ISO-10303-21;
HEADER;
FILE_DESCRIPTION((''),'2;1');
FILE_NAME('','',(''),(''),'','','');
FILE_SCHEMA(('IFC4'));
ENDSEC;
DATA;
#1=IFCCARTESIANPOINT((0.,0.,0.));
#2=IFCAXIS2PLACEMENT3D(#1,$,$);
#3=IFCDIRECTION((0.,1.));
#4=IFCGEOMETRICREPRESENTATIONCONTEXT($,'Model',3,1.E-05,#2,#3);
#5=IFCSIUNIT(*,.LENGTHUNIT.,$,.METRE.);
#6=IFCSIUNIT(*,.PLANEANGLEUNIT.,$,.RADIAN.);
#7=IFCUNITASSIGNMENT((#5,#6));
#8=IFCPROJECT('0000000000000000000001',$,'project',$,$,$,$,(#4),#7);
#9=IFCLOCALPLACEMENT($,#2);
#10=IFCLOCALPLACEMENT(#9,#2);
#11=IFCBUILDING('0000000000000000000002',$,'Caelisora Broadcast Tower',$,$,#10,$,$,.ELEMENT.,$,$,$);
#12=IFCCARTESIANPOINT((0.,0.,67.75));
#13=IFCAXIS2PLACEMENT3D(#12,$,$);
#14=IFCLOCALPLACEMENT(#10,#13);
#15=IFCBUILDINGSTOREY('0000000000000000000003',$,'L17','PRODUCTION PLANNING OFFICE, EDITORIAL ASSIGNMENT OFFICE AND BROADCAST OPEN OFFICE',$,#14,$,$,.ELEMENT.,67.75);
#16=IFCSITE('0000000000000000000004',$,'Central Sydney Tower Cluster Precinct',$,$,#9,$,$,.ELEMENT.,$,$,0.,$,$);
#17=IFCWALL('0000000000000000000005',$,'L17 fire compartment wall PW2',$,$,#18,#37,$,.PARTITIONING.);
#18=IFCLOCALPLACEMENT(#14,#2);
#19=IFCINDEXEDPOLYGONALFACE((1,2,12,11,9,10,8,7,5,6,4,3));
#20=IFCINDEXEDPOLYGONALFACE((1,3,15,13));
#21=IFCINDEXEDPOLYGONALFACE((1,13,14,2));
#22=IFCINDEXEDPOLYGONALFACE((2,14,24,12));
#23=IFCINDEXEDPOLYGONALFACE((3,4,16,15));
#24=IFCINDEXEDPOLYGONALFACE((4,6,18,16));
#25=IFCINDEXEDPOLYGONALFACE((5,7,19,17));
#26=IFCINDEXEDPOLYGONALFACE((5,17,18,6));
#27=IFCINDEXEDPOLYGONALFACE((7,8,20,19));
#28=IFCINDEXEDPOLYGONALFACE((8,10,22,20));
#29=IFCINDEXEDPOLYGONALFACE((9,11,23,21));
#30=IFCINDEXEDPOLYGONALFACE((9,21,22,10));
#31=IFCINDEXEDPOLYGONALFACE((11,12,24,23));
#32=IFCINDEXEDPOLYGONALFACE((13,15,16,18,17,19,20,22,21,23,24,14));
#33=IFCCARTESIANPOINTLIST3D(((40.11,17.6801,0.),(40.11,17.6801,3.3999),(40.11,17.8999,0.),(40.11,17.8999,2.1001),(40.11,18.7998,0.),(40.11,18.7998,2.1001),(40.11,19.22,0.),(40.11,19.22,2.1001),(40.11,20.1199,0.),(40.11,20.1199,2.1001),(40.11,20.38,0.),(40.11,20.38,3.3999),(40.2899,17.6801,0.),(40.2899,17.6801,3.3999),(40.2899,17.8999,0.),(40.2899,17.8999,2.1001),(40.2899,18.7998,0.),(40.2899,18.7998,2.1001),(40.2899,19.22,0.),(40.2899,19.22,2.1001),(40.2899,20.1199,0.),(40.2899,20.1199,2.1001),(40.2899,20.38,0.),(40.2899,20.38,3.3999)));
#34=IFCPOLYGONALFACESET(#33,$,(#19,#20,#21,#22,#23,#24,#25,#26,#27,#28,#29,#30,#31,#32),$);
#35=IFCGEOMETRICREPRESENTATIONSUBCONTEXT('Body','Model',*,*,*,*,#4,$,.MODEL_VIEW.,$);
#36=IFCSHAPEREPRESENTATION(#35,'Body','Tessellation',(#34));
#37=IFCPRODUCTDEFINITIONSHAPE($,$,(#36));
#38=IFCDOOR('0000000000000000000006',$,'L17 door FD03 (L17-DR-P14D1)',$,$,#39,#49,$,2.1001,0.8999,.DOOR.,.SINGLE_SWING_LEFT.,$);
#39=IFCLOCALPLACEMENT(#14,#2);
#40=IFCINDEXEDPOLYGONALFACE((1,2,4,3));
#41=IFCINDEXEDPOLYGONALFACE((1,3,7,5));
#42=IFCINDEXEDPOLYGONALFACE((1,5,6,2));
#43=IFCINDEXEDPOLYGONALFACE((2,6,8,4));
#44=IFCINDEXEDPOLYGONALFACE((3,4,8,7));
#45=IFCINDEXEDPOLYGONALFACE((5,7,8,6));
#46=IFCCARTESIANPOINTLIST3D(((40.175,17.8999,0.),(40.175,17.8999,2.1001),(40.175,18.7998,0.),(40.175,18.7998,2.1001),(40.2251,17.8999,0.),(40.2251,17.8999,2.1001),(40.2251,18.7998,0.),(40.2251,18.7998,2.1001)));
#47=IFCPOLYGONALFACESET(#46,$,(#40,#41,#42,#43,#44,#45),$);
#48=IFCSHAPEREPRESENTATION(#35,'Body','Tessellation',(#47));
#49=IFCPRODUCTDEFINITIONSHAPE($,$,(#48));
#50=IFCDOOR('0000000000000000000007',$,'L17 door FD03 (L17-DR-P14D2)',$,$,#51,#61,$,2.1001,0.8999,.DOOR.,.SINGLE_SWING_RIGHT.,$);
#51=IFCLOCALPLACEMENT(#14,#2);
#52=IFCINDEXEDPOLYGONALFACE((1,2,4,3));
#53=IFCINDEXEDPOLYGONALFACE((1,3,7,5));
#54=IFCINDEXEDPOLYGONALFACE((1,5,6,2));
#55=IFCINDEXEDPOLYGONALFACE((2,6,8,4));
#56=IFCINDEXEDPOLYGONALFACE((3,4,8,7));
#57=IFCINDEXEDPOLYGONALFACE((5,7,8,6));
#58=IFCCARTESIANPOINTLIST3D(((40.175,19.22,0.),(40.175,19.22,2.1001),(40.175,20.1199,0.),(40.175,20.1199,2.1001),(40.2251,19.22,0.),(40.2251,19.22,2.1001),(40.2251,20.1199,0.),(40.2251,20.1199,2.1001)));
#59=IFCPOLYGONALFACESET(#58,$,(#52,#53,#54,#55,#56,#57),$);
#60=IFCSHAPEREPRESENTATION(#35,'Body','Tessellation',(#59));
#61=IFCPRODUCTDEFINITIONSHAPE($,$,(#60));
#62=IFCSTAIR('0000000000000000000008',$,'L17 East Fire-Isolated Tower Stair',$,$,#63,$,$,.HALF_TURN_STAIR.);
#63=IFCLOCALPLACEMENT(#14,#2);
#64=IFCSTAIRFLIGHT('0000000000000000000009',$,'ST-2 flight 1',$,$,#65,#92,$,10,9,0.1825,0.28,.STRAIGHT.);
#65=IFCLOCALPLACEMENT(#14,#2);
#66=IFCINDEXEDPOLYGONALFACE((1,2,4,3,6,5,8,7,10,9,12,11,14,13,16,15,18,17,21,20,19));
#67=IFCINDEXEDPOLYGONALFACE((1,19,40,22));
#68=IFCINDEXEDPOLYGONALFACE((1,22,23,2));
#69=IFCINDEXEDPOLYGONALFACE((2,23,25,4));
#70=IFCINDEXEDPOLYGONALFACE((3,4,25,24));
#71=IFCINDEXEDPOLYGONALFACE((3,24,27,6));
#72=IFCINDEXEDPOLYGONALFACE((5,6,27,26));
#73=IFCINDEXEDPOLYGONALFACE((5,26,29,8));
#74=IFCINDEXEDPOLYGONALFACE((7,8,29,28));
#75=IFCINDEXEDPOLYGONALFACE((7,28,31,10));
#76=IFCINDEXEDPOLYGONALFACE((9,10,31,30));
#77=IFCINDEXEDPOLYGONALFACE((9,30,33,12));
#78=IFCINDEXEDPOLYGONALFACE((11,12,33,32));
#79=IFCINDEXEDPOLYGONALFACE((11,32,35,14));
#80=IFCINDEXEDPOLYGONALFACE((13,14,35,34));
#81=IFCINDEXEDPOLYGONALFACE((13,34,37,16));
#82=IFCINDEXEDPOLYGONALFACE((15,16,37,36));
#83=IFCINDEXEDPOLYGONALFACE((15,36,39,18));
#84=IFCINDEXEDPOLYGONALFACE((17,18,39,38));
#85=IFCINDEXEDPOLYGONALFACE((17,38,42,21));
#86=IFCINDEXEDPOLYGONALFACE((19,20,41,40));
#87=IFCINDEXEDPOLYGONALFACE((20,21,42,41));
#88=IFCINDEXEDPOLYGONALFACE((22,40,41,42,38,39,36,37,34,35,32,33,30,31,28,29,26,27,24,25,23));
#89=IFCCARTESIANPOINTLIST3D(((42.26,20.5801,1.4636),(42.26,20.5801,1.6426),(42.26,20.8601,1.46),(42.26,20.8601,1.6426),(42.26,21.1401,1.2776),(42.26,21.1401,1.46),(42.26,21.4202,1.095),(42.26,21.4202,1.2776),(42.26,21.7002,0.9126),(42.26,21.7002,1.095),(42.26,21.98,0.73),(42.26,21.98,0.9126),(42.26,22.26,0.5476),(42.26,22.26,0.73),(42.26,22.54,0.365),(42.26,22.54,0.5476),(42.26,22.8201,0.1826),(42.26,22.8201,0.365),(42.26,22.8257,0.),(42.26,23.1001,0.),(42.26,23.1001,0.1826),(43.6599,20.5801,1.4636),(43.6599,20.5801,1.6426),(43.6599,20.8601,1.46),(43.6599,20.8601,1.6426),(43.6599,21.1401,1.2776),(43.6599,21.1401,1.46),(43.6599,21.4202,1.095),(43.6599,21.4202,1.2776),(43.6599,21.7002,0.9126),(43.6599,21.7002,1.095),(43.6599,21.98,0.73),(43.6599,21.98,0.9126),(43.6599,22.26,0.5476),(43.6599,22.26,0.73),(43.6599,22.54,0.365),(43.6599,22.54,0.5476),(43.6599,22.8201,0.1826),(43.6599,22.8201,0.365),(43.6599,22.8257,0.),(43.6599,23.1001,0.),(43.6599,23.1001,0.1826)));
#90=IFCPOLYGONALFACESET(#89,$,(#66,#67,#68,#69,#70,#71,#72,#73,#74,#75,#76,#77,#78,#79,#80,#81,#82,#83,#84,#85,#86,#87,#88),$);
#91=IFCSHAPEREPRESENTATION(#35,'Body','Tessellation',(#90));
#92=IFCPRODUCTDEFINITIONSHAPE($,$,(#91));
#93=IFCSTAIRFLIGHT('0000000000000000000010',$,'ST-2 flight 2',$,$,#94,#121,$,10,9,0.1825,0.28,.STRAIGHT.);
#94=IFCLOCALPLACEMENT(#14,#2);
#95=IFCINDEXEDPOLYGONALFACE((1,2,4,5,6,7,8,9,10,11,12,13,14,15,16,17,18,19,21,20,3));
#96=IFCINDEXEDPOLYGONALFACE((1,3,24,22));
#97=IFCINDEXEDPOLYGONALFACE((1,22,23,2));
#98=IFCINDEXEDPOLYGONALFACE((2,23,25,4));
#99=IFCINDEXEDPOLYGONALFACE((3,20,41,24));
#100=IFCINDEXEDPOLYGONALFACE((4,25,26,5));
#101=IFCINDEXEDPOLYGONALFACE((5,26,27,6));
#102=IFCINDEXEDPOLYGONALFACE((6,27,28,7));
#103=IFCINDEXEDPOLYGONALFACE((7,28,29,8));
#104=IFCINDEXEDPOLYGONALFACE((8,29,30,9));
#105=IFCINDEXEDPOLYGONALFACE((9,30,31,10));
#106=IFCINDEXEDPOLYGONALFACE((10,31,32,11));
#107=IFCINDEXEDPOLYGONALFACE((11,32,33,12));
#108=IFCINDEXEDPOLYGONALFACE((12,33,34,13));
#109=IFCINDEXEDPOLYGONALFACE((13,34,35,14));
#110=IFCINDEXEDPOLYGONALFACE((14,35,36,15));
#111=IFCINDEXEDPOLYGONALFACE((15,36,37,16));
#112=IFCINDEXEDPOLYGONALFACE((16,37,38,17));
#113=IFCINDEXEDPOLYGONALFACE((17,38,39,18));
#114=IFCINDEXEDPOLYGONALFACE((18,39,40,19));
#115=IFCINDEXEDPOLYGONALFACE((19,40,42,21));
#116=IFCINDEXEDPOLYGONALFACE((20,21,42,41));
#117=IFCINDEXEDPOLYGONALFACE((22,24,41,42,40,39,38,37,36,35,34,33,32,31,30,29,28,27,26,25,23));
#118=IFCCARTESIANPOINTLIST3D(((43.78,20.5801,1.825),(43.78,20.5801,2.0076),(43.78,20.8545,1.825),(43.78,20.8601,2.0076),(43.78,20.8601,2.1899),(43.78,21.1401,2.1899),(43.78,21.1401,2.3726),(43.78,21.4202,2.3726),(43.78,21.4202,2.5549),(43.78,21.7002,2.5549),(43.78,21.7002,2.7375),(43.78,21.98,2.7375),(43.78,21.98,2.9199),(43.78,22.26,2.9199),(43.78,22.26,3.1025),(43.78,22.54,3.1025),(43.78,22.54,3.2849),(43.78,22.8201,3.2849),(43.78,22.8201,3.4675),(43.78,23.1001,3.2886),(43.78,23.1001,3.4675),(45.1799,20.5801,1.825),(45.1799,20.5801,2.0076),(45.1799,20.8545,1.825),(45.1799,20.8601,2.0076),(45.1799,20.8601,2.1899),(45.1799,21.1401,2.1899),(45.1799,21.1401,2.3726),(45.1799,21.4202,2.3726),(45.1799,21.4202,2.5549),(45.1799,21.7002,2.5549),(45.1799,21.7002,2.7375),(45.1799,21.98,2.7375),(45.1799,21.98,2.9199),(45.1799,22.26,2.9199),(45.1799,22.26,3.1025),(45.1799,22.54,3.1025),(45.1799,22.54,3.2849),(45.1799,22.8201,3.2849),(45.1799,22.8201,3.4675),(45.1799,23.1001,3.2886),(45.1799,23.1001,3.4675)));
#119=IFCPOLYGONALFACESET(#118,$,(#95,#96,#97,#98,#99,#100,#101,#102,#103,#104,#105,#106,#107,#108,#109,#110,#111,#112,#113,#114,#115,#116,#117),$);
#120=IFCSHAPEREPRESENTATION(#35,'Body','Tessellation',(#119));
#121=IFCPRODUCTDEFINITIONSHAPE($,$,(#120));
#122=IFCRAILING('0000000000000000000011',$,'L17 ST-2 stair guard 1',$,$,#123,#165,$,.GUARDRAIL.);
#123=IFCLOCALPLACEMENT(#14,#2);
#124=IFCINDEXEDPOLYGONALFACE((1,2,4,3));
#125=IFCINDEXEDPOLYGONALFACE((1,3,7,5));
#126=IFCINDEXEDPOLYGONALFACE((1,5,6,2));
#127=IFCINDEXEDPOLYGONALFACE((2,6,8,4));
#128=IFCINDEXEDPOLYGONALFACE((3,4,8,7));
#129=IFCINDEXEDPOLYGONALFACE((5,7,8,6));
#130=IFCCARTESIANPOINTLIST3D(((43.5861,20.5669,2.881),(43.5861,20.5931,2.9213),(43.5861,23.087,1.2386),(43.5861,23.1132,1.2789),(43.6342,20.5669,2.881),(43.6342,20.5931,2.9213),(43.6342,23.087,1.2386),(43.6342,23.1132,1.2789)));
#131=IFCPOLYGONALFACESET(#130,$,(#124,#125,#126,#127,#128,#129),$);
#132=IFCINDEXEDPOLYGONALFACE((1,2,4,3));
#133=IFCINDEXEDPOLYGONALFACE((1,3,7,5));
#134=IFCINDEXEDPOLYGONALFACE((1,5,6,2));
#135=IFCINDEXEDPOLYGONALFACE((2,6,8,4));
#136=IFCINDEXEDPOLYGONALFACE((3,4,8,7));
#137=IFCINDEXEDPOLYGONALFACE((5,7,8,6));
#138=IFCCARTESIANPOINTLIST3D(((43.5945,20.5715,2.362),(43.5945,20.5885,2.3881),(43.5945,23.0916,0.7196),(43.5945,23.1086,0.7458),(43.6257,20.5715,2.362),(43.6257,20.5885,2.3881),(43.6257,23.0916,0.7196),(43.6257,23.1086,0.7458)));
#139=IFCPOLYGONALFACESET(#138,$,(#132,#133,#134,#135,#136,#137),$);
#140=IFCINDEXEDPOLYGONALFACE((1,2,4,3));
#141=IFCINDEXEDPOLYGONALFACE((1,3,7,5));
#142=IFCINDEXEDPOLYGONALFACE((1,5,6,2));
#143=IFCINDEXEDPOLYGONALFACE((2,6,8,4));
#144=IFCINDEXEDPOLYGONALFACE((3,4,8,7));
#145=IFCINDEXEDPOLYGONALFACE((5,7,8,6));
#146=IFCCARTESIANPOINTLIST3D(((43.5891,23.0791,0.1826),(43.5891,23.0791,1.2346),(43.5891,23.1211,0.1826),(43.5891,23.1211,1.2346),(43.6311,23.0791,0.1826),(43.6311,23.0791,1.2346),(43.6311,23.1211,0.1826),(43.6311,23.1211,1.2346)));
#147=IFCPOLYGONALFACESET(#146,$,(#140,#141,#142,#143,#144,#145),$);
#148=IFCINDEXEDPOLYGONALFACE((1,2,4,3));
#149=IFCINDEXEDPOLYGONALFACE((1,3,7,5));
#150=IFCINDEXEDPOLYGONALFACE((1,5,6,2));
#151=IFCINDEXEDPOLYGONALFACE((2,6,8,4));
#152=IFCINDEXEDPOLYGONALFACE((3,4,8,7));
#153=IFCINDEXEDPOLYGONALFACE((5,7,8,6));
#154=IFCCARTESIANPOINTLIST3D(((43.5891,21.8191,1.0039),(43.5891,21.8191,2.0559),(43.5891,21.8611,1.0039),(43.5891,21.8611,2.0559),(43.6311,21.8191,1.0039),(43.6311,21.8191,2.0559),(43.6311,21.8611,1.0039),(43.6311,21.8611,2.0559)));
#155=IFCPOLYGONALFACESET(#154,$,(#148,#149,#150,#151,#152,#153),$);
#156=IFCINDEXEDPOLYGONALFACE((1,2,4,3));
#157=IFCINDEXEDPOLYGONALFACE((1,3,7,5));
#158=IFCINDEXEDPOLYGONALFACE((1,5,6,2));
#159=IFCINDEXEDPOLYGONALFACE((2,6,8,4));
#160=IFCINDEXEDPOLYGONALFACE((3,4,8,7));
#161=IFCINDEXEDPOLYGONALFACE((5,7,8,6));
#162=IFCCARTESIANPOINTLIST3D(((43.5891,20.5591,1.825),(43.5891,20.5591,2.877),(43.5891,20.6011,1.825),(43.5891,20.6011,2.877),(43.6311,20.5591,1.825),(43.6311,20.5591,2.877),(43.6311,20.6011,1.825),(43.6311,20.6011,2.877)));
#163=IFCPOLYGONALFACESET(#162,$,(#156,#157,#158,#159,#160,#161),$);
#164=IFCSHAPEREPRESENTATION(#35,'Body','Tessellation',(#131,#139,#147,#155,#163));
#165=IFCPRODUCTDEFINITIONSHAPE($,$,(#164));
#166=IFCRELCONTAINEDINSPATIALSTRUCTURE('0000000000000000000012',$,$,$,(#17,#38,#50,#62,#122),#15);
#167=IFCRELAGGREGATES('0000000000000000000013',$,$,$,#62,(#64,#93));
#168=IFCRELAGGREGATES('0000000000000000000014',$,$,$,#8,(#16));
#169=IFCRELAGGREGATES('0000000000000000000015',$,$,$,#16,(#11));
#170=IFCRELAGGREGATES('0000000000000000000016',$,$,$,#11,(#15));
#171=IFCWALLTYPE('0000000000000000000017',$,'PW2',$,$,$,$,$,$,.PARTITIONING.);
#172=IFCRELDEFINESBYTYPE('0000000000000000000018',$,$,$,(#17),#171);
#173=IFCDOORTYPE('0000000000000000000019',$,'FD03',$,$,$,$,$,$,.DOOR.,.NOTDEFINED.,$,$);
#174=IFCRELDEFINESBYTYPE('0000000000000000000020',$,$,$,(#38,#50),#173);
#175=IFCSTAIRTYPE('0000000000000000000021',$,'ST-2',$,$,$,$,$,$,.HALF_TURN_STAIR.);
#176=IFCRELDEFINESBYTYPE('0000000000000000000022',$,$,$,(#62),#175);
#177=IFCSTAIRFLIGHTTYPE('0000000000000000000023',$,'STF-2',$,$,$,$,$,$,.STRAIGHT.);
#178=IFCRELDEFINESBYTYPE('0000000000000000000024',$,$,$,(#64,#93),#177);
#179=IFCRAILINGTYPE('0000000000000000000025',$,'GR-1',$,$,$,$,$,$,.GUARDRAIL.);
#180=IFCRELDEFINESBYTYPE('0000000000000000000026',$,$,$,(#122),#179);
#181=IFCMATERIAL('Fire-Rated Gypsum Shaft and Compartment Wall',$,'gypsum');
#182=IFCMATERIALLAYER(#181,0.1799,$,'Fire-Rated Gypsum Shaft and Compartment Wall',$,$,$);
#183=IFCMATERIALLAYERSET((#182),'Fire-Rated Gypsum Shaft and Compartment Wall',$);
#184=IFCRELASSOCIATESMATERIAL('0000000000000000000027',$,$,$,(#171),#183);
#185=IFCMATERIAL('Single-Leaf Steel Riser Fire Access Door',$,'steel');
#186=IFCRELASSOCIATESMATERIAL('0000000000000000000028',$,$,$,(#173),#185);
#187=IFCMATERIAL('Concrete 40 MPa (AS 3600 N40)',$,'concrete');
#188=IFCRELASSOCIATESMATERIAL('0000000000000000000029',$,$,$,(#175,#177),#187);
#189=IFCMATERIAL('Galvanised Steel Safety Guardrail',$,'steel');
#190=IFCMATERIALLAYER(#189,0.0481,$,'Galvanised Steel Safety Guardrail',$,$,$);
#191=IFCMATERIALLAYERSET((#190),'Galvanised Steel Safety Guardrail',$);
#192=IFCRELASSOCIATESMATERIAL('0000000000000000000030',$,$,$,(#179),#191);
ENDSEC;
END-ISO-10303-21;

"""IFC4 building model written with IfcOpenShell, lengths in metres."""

from ifc_helpers import new_model, si_unit, direction, frame, frame_2d, origin, origin_2d, place, context, subcontext, project, spatial, polyline, rectangle, outline, extrude, material, layer, layer_set, type_object, element, fill, aggregate, save


model = new_model("IFC4")

# Units and contexts
model_context = context("Model", 3, precision=1e-05, world=origin(), true_north=direction((0.0, 1.0)))
body_context = subcontext(model_context, "Body", "Model", "MODEL_VIEW")
ifc_project = project(units=[si_unit("LENGTHUNIT", "METRE"), si_unit("PLANEANGLEUNIT", "RADIAN")], contexts=[model_context])

# Site, building, storey
site_placement = place(None, origin())
site = spatial("IfcSite", under=ifc_project, at=site_placement, Name="Central Sydney Tower Cluster Precinct", CompositionType="ELEMENT", RefElevation=0.0)
building_placement = place(site_placement, origin())
building = spatial("IfcBuilding", under=site, at=building_placement, Name="Caelisora Broadcast Tower", CompositionType="ELEMENT")
storey_placement = place(building_placement, frame((0.0, 0.0, 67.75)))
storey = spatial("IfcBuildingStorey", under=building, at=storey_placement, Name="L17", Description="PRODUCTION PLANNING OFFICE, EDITORIAL ASSIGNMENT OFFICE AND BROADCAST OPEN OFFICE", CompositionType="ELEMENT", Elevation=67.75)

# Shared definitions
ifc_material_1 = material(Name="Fire-Rated Gypsum Shaft and Compartment Wall", Category="gypsum")
ifc_layer_1 = layer(ifc_material_1, 0.1799, Name="Fire-Rated Gypsum Shaft and Compartment Wall")
ifc_layer_set_1 = layer_set([ifc_layer_1], Name="Fire-Rated Gypsum Shaft and Compartment Wall")
wall_type_1 = type_object("IfcWallType", Name="PW2", PredefinedType="PARTITIONING", material=ifc_layer_set_1)

# Wall, openings, doors
wall_1_placement = place(storey_placement, frame((40.2, 17.6799, 0.0), z_axis=(0.0, 0.0, 1.0), x_axis=(0.0, 1.0, 0.0)))
wall_1 = element("IfcWall", 1, at=wall_1_placement, inside=storey, type_object=wall_type_1, Name="L17 fire compartment wall PW2", PredefinedType="PARTITIONING", context=body_context, shape_type="SweptSolid", body=[
    extrude(rectangle(XDim=2.7, YDim=0.1799, at=frame_2d((1.3501, 0.0))), origin(), (0.0, 0.0, 1.0), 3.3999),
])
opening_1_placement = place(wall_1_placement, frame((0.22, 0.0, 0.0)))
opening_1 = element("IfcOpeningElement", 2, at=opening_1_placement, cuts=wall_1, PredefinedType="OPENING", context=body_context, shape_type="SweptSolid", body=[
    extrude(rectangle(XDim=0.8999, YDim=2.1001, at=frame_2d((0.45, 1.05))), frame((0.0, 0.1021, 0.0), z_axis=(0.0, -1.0, 0.0), x_axis=(1.0, 0.0, 0.0)), (0.0, 0.0, 1.0), 0.2039),
])
opening_2_placement = place(wall_1_placement, frame((1.54, 0.0, 0.0)))
opening_2 = element("IfcOpeningElement", 3, at=opening_2_placement, cuts=wall_1, PredefinedType="OPENING", context=body_context, shape_type="SweptSolid", body=[
    extrude(rectangle(XDim=0.8999, YDim=2.1001, at=frame_2d((0.45, 1.05))), frame((0.0, 0.1021, 0.0), z_axis=(0.0, -1.0, 0.0), x_axis=(1.0, 0.0, 0.0)), (0.0, 0.0, 1.0), 0.2039),
])
ifc_material_2 = material(Name="Single-Leaf Steel Riser Fire Access Door", Category="steel")
door_type_1 = type_object("IfcDoorType", Name="FD03", OperationType="NOTDEFINED", PredefinedType="DOOR", material=ifc_material_2)
door_1_placement = place(opening_1_placement, origin())
door_1 = element("IfcDoor", 4, at=door_1_placement, inside=storey, type_object=door_type_1, Name="L17 door FD03 (L17-DR-P14D1)", OperationType="SINGLE_SWING_LEFT", OverallHeight=2.1001, OverallWidth=0.8999, PredefinedType="DOOR", context=body_context, shape_type="SweptSolid", body=[
    extrude(rectangle(XDim=0.8999, YDim=2.1001, at=frame_2d((0.45, 1.05))), frame((0.0, 0.0249, 0.0), z_axis=(0.0, -1.0, 0.0), x_axis=(1.0, 0.0, 0.0)), (0.0, 0.0, 1.0), 0.05),
])
fill(opening_1, door_1)
door_2_placement = place(opening_2_placement, origin())
door_2 = element("IfcDoor", 5, at=door_2_placement, inside=storey, type_object=door_type_1, Name="L17 door FD03 (L17-DR-P14D2)", OperationType="SINGLE_SWING_RIGHT", OverallHeight=2.1001, OverallWidth=0.8999, PredefinedType="DOOR", context=body_context, shape_type="SweptSolid", body=[
    extrude(rectangle(XDim=0.8999, YDim=2.1001, at=frame_2d((0.45, 1.05))), frame((0.0, 0.0249, 0.0), z_axis=(0.0, -1.0, 0.0), x_axis=(1.0, 0.0, 0.0)), (0.0, 0.0, 1.0), 0.05),
])
fill(opening_2, door_2)

# Stair, stair flights
ifc_material_3 = material(Name="Concrete 40 MPa (AS 3600 N40)", Category="concrete")
stair_type = type_object("IfcStairType", Name="ST-2", PredefinedType="HALF_TURN_STAIR", material=ifc_material_3)
stair_placement = place(storey_placement, origin())
stair = element("IfcStair", 6, at=stair_placement, inside=storey, type_object=stair_type, Name="L17 East Fire-Isolated Tower Stair", PredefinedType="HALF_TURN_STAIR")
stair_flight_type = type_object("IfcStairFlightType", Name="STF-2", PredefinedType="STRAIGHT", material=ifc_material_3)
stair_flight_1_placement = place(storey_placement, frame((42.96, 23.1001, 0.0), z_axis=(0.0, 0.0, 1.0), x_axis=(0.0, -1.0, 0.0)))
stair_flight_1 = element("IfcStairFlight", 7, at=stair_flight_1_placement, type_object=stair_flight_type, Name="ST-2 flight 1", NumberOfRisers=10, NumberOfTreads=9, PredefinedType="STRAIGHT", RiserHeight=0.1825, TreadLength=0.28, context=body_context, shape_type="SweptSolid", body=[
    extrude(outline(polyline([(0.0, 0.0), (0.0, 0.1826), (0.28, 0.1826), (0.28, 0.365), (0.5601, 0.365), (0.5601, 0.5476), (0.8401, 0.5476), (0.8401, 0.73), (1.1201, 0.73), (1.1201, 0.9126), (1.3999, 0.9126), (1.3999, 1.095), (1.6799, 1.095), (1.6799, 1.2776), (1.96, 1.2776), (1.96, 1.46), (2.24, 1.46), (2.24, 1.6426), (2.52, 1.6426), (2.52, 1.825), (2.52, 1.4636), (0.2744, 0.0), (0.0, 0.0)])), frame((0.0, 0.7, 0.0), z_axis=(0.0, -1.0, 0.0), x_axis=(1.0, 0.0, 0.0)), (0.0, 0.0, 1.0), 1.3999),
])
stair_flight_2_placement = place(storey_placement, frame((44.48, 20.5801, 1.825), z_axis=(0.0, 0.0, 1.0), x_axis=(0.0, 1.0, 0.0)))
stair_flight_2 = element("IfcStairFlight", 8, at=stair_flight_2_placement, type_object=stair_flight_type, Name="ST-2 flight 2", NumberOfRisers=10, NumberOfTreads=9, PredefinedType="STRAIGHT", RiserHeight=0.1825, TreadLength=0.28, context=body_context, shape_type="SweptSolid", body=[
    extrude(outline(polyline([(0.0, 0.0), (0.0, 0.1826), (0.28, 0.1826), (0.28, 0.365), (0.5601, 0.365), (0.5601, 0.5476), (0.8401, 0.5476), (0.8401, 0.73), (1.1201, 0.73), (1.1201, 0.9126), (1.3999, 0.9126), (1.3999, 1.095), (1.6799, 1.095), (1.6799, 1.2776), (1.96, 1.2776), (1.96, 1.46), (2.24, 1.46), (2.24, 1.6426), (2.52, 1.6426), (2.52, 1.825), (2.52, 1.4636), (0.2744, 0.0), (0.0, 0.0)])), frame((0.0, 0.7, 0.0), z_axis=(0.0, -1.0, 0.0), x_axis=(1.0, 0.0, 0.0)), (0.0, 0.0, 1.0), 1.3999),
])
aggregate(stair, [stair_flight_1, stair_flight_2])

# Railing
ifc_material_4 = material(Name="Galvanised Steel Safety Guardrail", Category="steel")
ifc_layer_2 = layer(ifc_material_4, 0.0481, Name="Galvanised Steel Safety Guardrail")
ifc_layer_set_2 = layer_set([ifc_layer_2], Name="Galvanised Steel Safety Guardrail")
railing_type_1 = type_object("IfcRailingType", Name="GR-1", PredefinedType="GUARDRAIL", material=ifc_layer_set_2)
railing_1_placement = place(storey_placement, frame((43.6101, 23.1001, 0.1826)))
element("IfcRailing", 9, at=railing_1_placement, inside=storey, type_object=railing_type_1, Name="L17 ST-2 stair guard 1", PredefinedType="GUARDRAIL", context=body_context, shape_type="SweptSolid", body=[
    extrude(rectangle(XDim=0.0481, YDim=0.0481, at=origin_2d()), frame((0.0, 0.0, 1.0762), z_axis=(0.0, -0.837787, 0.545998), x_axis=(1.0, 0.0, 0.0)), (0.0, 0.0, 1.0), 3.0081),
    extrude(rectangle(XDim=0.0312, YDim=0.0312, at=origin_2d()), frame((0.0, 0.0, 0.55), z_axis=(0.0, -0.837787, 0.545998), x_axis=(1.0, 0.0, 0.0)), (0.0, 0.0, 1.0), 3.0081),
    extrude(rectangle(XDim=0.042, YDim=0.042, at=origin_2d()), origin(), (0.0, 0.0, 1.0), 1.052),
    extrude(rectangle(XDim=0.042, YDim=0.042, at=origin_2d()), frame((0.0, -1.26, 0.8213)), (0.0, 0.0, 1.0), 1.052),
    extrude(rectangle(XDim=0.042, YDim=0.042, at=origin_2d()), frame((0.0, -2.52, 1.6423)), (0.0, 0.0, 1.0), 1.052),
])

save(model, "model.ifc")
